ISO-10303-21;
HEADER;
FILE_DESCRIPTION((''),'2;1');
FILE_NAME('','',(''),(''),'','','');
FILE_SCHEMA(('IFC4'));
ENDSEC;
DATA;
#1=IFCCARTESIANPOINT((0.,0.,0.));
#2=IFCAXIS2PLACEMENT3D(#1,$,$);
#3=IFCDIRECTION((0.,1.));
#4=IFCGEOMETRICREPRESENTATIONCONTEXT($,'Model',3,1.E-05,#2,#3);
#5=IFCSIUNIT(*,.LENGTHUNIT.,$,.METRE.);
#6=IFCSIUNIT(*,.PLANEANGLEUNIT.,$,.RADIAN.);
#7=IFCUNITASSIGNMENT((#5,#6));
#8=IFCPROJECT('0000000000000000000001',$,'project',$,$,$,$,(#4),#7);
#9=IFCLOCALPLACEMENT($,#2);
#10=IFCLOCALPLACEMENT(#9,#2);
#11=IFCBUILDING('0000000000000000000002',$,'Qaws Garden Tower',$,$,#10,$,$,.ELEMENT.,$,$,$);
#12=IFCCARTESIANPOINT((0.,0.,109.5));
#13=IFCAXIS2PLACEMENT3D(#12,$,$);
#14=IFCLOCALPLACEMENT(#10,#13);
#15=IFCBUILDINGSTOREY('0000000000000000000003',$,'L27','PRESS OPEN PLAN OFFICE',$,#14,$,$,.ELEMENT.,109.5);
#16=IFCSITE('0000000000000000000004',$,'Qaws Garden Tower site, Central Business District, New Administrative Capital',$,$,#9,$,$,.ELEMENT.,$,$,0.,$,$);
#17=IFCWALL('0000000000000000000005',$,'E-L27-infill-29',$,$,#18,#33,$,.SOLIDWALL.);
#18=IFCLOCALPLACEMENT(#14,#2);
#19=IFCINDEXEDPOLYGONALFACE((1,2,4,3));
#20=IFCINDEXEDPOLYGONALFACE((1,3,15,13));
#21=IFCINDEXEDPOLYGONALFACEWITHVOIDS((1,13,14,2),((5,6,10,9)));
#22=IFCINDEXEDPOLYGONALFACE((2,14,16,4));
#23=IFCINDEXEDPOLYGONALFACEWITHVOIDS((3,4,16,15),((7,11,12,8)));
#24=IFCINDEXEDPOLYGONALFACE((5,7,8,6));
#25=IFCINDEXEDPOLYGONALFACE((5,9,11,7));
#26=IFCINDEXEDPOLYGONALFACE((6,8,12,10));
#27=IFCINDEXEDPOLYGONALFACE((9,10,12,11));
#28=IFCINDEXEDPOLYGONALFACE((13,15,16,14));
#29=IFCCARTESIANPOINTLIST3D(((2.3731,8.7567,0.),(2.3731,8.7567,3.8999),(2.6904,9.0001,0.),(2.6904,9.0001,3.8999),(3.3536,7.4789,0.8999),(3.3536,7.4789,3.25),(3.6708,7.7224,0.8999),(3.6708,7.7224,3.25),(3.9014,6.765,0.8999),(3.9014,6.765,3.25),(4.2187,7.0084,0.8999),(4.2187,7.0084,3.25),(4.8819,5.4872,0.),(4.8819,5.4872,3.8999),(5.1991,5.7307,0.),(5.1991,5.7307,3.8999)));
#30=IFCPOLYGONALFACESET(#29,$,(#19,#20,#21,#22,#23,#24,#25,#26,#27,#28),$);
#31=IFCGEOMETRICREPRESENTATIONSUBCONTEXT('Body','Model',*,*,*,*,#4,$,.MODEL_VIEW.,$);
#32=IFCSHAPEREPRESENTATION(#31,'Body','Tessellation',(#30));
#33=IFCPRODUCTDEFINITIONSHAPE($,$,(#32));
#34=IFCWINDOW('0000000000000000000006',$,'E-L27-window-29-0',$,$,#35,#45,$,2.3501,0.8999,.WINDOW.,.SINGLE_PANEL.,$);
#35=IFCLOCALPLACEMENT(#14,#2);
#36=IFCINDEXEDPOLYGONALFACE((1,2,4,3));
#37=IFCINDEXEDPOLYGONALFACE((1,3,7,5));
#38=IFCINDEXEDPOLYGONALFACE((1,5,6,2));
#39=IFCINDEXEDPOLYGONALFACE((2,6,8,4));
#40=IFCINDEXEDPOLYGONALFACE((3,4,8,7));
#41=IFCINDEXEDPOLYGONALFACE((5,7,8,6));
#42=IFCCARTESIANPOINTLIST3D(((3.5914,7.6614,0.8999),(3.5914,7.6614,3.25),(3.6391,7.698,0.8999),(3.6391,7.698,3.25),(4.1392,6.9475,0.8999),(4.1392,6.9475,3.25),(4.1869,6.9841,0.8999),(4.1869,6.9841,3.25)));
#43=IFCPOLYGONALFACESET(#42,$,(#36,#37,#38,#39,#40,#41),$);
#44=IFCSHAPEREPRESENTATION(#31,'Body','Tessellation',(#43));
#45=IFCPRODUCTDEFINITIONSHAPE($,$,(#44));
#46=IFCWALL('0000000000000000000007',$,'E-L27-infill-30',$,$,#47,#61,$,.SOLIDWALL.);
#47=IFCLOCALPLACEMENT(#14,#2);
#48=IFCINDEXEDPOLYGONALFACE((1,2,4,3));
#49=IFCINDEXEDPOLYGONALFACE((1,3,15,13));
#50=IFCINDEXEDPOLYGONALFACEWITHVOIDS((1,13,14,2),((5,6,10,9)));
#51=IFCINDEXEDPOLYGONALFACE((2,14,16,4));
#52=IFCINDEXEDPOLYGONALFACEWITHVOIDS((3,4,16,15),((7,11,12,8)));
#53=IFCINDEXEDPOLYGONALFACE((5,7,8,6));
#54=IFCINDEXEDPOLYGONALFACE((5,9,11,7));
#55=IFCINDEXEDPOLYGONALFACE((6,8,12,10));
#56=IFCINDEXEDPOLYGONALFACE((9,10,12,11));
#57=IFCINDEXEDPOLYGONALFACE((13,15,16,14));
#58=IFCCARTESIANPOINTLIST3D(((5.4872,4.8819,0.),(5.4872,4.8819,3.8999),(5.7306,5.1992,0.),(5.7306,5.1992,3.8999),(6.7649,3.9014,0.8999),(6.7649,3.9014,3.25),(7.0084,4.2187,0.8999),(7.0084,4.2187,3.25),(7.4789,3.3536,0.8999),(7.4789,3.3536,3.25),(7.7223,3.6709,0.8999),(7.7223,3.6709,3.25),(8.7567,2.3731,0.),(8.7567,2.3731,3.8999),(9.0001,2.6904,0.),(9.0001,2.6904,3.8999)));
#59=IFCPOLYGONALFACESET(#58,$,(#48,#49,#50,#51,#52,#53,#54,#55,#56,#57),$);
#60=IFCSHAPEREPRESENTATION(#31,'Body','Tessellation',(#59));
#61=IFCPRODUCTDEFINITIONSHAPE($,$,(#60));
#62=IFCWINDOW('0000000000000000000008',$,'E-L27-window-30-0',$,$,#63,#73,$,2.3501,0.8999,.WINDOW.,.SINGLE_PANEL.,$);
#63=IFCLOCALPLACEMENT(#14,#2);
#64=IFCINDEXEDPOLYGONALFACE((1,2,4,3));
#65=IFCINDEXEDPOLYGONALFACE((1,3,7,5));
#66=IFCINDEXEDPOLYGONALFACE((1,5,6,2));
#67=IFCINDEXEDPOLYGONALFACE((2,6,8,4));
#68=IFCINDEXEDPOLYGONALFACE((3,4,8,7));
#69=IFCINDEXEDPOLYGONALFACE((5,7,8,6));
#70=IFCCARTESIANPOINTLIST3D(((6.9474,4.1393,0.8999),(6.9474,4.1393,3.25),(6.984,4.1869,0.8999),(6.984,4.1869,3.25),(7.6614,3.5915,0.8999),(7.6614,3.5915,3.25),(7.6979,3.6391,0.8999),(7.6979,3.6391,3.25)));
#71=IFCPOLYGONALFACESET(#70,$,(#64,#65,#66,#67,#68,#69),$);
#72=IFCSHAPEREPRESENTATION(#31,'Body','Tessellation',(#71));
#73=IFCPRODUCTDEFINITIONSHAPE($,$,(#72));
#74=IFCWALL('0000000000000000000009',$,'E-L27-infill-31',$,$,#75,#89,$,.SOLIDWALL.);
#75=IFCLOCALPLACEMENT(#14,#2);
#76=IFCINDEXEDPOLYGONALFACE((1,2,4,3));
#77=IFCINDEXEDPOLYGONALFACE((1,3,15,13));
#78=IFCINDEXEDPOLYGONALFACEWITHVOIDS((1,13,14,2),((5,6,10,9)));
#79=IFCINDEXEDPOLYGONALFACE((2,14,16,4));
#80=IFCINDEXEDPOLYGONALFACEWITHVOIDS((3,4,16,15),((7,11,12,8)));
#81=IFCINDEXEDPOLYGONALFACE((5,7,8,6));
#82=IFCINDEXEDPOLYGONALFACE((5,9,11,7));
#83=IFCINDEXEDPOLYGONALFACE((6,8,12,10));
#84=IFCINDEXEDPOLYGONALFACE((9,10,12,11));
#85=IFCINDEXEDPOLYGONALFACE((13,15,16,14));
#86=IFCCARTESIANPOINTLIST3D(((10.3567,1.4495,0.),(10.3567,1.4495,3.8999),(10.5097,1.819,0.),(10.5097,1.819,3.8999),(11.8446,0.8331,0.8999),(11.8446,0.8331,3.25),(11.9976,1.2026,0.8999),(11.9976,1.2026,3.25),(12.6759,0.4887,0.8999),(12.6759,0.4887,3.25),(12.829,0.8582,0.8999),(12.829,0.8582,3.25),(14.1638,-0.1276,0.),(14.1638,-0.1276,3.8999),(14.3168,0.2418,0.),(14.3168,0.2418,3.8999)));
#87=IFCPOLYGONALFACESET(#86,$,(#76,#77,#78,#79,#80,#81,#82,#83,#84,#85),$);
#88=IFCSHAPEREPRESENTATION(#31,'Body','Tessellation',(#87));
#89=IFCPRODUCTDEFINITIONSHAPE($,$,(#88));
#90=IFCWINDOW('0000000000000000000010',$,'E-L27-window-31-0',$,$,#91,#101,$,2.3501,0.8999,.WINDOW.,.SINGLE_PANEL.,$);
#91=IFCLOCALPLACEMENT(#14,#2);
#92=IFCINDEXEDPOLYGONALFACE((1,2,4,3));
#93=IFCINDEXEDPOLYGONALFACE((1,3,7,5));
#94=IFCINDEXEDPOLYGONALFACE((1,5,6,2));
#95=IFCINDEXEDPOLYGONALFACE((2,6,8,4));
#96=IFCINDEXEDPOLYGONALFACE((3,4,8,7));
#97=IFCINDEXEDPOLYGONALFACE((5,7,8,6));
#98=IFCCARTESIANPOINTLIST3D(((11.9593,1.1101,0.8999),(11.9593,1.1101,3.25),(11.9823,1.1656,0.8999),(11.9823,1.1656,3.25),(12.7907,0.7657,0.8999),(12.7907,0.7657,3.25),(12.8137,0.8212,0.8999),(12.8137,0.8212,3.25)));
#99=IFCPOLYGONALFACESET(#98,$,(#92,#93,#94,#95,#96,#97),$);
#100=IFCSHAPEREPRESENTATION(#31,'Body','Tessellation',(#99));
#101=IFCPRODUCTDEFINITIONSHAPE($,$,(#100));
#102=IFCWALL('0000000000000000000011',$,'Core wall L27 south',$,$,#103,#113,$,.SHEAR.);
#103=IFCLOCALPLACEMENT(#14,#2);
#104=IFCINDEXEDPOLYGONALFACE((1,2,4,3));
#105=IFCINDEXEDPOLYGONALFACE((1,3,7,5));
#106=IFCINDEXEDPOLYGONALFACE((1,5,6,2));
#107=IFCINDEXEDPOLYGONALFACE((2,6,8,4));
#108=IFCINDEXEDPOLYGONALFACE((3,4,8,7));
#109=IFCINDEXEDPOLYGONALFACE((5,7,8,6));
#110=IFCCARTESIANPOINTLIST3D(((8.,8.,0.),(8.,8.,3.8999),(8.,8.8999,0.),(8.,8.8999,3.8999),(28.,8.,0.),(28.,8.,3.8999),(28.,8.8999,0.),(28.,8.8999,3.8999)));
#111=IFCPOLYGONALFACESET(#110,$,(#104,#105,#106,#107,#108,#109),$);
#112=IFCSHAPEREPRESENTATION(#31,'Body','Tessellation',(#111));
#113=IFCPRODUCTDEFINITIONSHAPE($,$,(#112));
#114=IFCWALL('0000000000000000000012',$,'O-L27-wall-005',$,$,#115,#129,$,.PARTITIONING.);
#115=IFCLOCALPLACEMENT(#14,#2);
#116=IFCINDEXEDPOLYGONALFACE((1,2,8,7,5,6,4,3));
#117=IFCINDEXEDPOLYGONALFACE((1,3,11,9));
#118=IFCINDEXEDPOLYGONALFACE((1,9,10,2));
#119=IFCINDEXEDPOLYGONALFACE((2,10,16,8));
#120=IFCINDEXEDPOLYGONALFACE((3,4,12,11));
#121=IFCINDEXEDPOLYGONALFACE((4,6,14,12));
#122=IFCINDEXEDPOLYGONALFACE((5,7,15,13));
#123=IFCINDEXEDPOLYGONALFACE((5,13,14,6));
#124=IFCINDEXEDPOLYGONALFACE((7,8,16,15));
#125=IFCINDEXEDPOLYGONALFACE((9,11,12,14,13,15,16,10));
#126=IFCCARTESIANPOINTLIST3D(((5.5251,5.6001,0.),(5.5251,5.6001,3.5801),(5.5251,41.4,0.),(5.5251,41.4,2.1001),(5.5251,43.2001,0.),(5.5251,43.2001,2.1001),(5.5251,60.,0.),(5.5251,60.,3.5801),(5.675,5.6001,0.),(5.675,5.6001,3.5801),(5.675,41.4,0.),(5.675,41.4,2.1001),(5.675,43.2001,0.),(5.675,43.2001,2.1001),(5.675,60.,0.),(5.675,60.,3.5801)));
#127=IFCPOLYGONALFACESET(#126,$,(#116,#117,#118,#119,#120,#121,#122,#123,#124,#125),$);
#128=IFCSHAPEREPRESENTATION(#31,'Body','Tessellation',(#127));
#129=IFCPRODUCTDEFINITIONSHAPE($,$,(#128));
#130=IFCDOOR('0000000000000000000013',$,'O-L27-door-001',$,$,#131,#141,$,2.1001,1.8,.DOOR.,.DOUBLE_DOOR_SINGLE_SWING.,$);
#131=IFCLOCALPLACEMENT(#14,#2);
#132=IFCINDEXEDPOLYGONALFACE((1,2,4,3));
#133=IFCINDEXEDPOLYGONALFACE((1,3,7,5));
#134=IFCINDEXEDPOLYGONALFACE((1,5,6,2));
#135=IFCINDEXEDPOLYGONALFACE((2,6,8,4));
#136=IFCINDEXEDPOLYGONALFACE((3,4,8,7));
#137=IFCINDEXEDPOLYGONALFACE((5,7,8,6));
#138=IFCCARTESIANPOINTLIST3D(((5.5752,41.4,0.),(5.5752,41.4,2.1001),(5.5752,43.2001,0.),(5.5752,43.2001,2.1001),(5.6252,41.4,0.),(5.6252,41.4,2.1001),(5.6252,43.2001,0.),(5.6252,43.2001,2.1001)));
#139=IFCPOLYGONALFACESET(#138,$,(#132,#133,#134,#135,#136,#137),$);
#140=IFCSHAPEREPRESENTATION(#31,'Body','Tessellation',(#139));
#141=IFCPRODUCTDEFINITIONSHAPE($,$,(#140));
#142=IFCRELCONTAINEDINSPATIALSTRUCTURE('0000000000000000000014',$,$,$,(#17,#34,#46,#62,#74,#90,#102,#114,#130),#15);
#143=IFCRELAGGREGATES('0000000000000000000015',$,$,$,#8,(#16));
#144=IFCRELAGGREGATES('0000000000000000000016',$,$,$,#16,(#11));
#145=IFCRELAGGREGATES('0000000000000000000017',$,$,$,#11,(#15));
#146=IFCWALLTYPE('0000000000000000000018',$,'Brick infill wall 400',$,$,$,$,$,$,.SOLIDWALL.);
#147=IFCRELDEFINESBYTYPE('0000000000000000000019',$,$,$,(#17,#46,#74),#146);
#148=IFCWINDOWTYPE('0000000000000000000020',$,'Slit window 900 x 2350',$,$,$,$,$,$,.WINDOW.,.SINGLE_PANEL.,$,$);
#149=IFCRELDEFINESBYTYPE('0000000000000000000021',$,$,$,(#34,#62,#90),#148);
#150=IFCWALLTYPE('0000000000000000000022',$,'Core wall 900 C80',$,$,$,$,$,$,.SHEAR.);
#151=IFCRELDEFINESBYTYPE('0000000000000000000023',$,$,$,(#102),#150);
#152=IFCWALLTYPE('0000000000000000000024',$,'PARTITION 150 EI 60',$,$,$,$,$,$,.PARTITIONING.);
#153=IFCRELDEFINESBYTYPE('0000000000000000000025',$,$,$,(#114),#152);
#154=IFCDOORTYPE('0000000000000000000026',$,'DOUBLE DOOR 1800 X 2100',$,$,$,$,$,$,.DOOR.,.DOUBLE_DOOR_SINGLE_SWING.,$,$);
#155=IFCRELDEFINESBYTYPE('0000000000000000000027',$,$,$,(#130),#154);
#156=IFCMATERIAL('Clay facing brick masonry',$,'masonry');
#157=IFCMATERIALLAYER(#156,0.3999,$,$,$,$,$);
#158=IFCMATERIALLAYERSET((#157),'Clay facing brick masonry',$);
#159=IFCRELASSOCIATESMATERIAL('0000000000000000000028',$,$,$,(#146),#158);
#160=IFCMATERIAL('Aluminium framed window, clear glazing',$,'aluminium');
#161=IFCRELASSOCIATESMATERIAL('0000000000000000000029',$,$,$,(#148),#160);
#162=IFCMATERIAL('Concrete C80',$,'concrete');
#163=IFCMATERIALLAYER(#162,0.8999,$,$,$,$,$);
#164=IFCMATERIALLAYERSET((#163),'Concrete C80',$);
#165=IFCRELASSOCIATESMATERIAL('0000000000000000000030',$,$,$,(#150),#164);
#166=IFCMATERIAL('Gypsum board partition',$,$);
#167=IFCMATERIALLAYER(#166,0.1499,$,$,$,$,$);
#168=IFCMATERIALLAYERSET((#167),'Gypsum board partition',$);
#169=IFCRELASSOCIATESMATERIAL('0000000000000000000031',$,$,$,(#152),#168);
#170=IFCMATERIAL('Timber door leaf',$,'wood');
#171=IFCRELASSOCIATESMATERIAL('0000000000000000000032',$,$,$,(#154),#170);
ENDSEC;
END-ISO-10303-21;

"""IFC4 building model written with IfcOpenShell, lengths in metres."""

from ifc_helpers import new_model, si_unit, direction, frame, frame_2d, origin, place, context, subcontext, project, spatial, rectangle, extrude, material, layer, layer_set, type_object, element, fill, save


model = new_model("IFC4")

# Units and contexts
model_context = context("Model", 3, precision=1e-05, world=origin(), true_north=direction((0.0, 1.0)))
body_context = subcontext(model_context, "Body", "Model", "MODEL_VIEW")
ifc_project = project(units=[si_unit("LENGTHUNIT", "METRE"), si_unit("PLANEANGLEUNIT", "RADIAN")], contexts=[model_context])

# Site, building, storey
site_placement = place(None, origin())
site = spatial("IfcSite", under=ifc_project, at=site_placement, Name="Qaws Garden Tower site, Central Business District, New Administrative Capital", CompositionType="ELEMENT", RefElevation=0.0)
building_placement = place(site_placement, origin())
building = spatial("IfcBuilding", under=site, at=building_placement, Name="Qaws Garden Tower", CompositionType="ELEMENT")
storey_placement = place(building_placement, frame((0.0, 0.0, 109.5)))
storey = spatial("IfcBuildingStorey", under=building, at=storey_placement, Name="L27", Description="PRESS OPEN PLAN OFFICE", CompositionType="ELEMENT", Elevation=109.5)

# Walls, openings, windows
ifc_material_1 = material(Name="Clay facing brick masonry", Category="masonry")
ifc_layer_1 = layer(ifc_material_1, 0.3999)
ifc_layer_set_1 = layer_set([ifc_layer_1], Name="Clay facing brick masonry")
wall_type_1 = type_object("IfcWallType", Name="Brick infill wall 400", PredefinedType="SOLIDWALL", material=ifc_layer_set_1)
wall_1_placement = place(storey_placement, frame((2.5317, 8.8784, 0.0), z_axis=(0.0, 0.0, 1.0), x_axis=(0.60876, -0.793355, 0.0)))
wall_1 = element("IfcWall", 1, at=wall_1_placement, inside=storey, type_object=wall_type_1, Name="E-L27-infill-29", PredefinedType="SOLIDWALL", context=body_context, shape_type="SweptSolid", body=[
    extrude(rectangle(XDim=4.1211, YDim=0.3999, at=frame_2d((2.0605, 0.0))), origin(), (0.0, 0.0, 1.0), 3.8999),
])
opening_1_placement = place(wall_1_placement, frame((1.6106, 0.0, 0.8999)))
opening_1 = element("IfcOpeningElement", 2, at=opening_1_placement, cuts=wall_1, PredefinedType="OPENING", context=body_context, shape_type="SweptSolid", body=[
    extrude(rectangle(XDim=0.8999, YDim=2.3501, at=frame_2d((0.45, 1.175))), frame((0.0, 0.21, 0.0), z_axis=(0.0, -1.0, 0.0), x_axis=(1.0, 0.0, 0.0)), (0.0, 0.0, 1.0), 0.4199),
])
ifc_material_2 = material(Name="Aluminium framed window, clear glazing", Category="aluminium")
window_type = type_object("IfcWindowType", Name="Slit window 900 x 2350", PartitioningType="SINGLE_PANEL", PredefinedType="WINDOW", material=ifc_material_2)
window_1_placement = place(opening_1_placement, origin())
window_1 = element("IfcWindow", 3, at=window_1_placement, inside=storey, type_object=window_type, Name="E-L27-window-29-0", OverallHeight=2.3501, OverallWidth=0.8999, PartitioningType="SINGLE_PANEL", PredefinedType="WINDOW", context=body_context, shape_type="SweptSolid", body=[
    extrude(rectangle(XDim=0.8999, YDim=2.3501, at=frame_2d((0.45, 1.175))), frame((0.0, 0.1599, 0.0), z_axis=(0.0, -1.0, 0.0), x_axis=(1.0, 0.0, 0.0)), (0.0, 0.0, 1.0), 0.0601),
])
fill(opening_1, window_1)
wall_2_placement = place(storey_placement, frame((5.6089, 5.0405, 0.0), z_axis=(0.0, 0.0, 1.0), x_axis=(0.793355, -0.60876, 0.0)))
wall_2 = element("IfcWall", 4, at=wall_2_placement, inside=storey, type_object=wall_type_1, Name="E-L27-infill-30", PredefinedType="SOLIDWALL", context=body_context, shape_type="SweptSolid", body=[
    extrude(rectangle(XDim=4.1211, YDim=0.3999, at=frame_2d((2.0605, 0.0))), origin(), (0.0, 0.0, 1.0), 3.8999),
])
opening_2_placement = place(wall_2_placement, frame((1.6106, 0.0, 0.8999)))
opening_2 = element("IfcOpeningElement", 5, at=opening_2_placement, cuts=wall_2, PredefinedType="OPENING", context=body_context, shape_type="SweptSolid", body=[
    extrude(rectangle(XDim=0.8999, YDim=2.3501, at=frame_2d((0.45, 1.175))), frame((0.0, 0.21, 0.0), z_axis=(0.0, -1.0, 0.0), x_axis=(1.0, 0.0, 0.0)), (0.0, 0.0, 1.0), 0.4199),
])
window_2_placement = place(opening_2_placement, origin())
window_2 = element("IfcWindow", 6, at=window_2_placement, inside=storey, type_object=window_type, Name="E-L27-window-30-0", OverallHeight=2.3501, OverallWidth=0.8999, PartitioningType="SINGLE_PANEL", PredefinedType="WINDOW", context=body_context, shape_type="SweptSolid", body=[
    extrude(rectangle(XDim=0.8999, YDim=2.3501, at=frame_2d((0.45, 1.175))), frame((0.0, 0.1599, 0.0), z_axis=(0.0, -1.0, 0.0), x_axis=(1.0, 0.0, 0.0)), (0.0, 0.0, 1.0), 0.0601),
])
fill(opening_2, window_2)
wall_3_placement = place(storey_placement, frame((10.4331, 1.6343, 0.0), z_axis=(0.0, 0.0, 1.0), x_axis=(0.923864, -0.382722, 0.0)))
wall_3 = element("IfcWall", 7, at=wall_3_placement, inside=storey, type_object=wall_type_1, Name="E-L27-infill-31", PredefinedType="SOLIDWALL", context=body_context, shape_type="SweptSolid", body=[
    extrude(rectangle(XDim=4.1208, YDim=0.3999, at=frame_2d((2.0605, 0.0))), origin(), (0.0, 0.0, 1.0), 3.8999),
])
opening_3_placement = place(wall_3_placement, frame((1.6106, 0.0, 0.8999)))
opening_3 = element("IfcOpeningElement", 8, at=opening_3_placement, cuts=wall_3, PredefinedType="OPENING", context=body_context, shape_type="SweptSolid", body=[
    extrude(rectangle(XDim=0.8999, YDim=2.3501, at=frame_2d((0.45, 1.175))), frame((0.0, 0.21, 0.0), z_axis=(0.0, -1.0, 0.0), x_axis=(1.0, 0.0, 0.0)), (0.0, 0.0, 1.0), 0.4199),
])
window_3_placement = place(opening_3_placement, origin())
window_3 = element("IfcWindow", 9, at=window_3_placement, inside=storey, type_object=window_type, Name="E-L27-window-31-0", OverallHeight=2.3501, OverallWidth=0.8999, PartitioningType="SINGLE_PANEL", PredefinedType="WINDOW", context=body_context, shape_type="SweptSolid", body=[
    extrude(rectangle(XDim=0.8999, YDim=2.3501, at=frame_2d((0.45, 1.175))), frame((0.0, 0.1599, 0.0), z_axis=(0.0, -1.0, 0.0), x_axis=(1.0, 0.0, 0.0)), (0.0, 0.0, 1.0), 0.0601),
])
fill(opening_3, window_3)

# Wall
ifc_material_3 = material(Name="Concrete C80", Category="concrete")
ifc_layer_2 = layer(ifc_material_3, 0.8999)
ifc_layer_set_2 = layer_set([ifc_layer_2], Name="Concrete C80")
wall_type_2 = type_object("IfcWallType", Name="Core wall 900 C80", PredefinedType="SHEAR", material=ifc_layer_set_2)
wall_4_placement = place(storey_placement, frame((8.0, 8.45, 0.0), z_axis=(0.0, 0.0, 1.0), x_axis=(1.0, 0.0, 0.0)))
element("IfcWall", 10, at=wall_4_placement, inside=storey, type_object=wall_type_2, Name="Core wall L27 south", PredefinedType="SHEAR", context=body_context, shape_type="SweptSolid", body=[
    extrude(rectangle(XDim=20.0, YDim=0.8999, at=frame_2d((10.0, 0.0))), origin(), (0.0, 0.0, 1.0), 3.8999),
])

# Wall, opening, door
ifc_material_4 = material(Name="Gypsum board partition")
ifc_layer_3 = layer(ifc_material_4, 0.1499)
ifc_layer_set_3 = layer_set([ifc_layer_3], Name="Gypsum board partition")
wall_type_3 = type_object("IfcWallType", Name="PARTITION 150 EI 60", PredefinedType="PARTITIONING", material=ifc_layer_set_3)
wall_5_placement = place(storey_placement, frame((5.6001, 5.6001, 0.0), z_axis=(0.0, 0.0, 1.0), x_axis=(0.0, 1.0, 0.0)))
wall_5 = element("IfcWall", 11, at=wall_5_placement, inside=storey, type_object=wall_type_3, Name="O-L27-wall-005", PredefinedType="PARTITIONING", context=body_context, shape_type="SweptSolid", body=[
    extrude(rectangle(XDim=54.3999, YDim=0.1499, at=frame_2d((27.2, 0.0))), origin(), (0.0, 0.0, 1.0), 3.5801),
])
opening_4_placement = place(wall_5_placement, frame((35.8, 0.0, 0.0)))
opening_4 = element("IfcOpeningElement", 12, at=opening_4_placement, cuts=wall_5, PredefinedType="OPENING", context=body_context, shape_type="SweptSolid", body=[
    extrude(rectangle(XDim=1.8, YDim=2.1001, at=frame_2d((0.8999, 1.05))), frame((0.0, 0.085, 0.0), z_axis=(0.0, -1.0, 0.0), x_axis=(1.0, 0.0, 0.0)), (0.0, 0.0, 1.0), 0.1699),
])
ifc_material_5 = material(Name="Timber door leaf", Category="wood")
door_type_1 = type_object("IfcDoorType", Name="DOUBLE DOOR 1800 X 2100", OperationType="DOUBLE_DOOR_SINGLE_SWING", PredefinedType="DOOR", material=ifc_material_5)
door_1_placement = place(opening_4_placement, origin())
door_1 = element("IfcDoor", 13, at=door_1_placement, inside=storey, type_object=door_type_1, Name="O-L27-door-001", OperationType="DOUBLE_DOOR_SINGLE_SWING", OverallHeight=2.1001, OverallWidth=1.8, PredefinedType="DOOR", context=body_context, shape_type="SweptSolid", body=[
    extrude(rectangle(XDim=1.8, YDim=2.1001, at=frame_2d((0.8999, 1.05))), frame((0.0, 0.0249, 0.0), z_axis=(0.0, -1.0, 0.0), x_axis=(1.0, 0.0, 0.0)), (0.0, 0.0, 1.0), 0.05),
])
fill(opening_4, door_1)

save(model, "model.ifc")
